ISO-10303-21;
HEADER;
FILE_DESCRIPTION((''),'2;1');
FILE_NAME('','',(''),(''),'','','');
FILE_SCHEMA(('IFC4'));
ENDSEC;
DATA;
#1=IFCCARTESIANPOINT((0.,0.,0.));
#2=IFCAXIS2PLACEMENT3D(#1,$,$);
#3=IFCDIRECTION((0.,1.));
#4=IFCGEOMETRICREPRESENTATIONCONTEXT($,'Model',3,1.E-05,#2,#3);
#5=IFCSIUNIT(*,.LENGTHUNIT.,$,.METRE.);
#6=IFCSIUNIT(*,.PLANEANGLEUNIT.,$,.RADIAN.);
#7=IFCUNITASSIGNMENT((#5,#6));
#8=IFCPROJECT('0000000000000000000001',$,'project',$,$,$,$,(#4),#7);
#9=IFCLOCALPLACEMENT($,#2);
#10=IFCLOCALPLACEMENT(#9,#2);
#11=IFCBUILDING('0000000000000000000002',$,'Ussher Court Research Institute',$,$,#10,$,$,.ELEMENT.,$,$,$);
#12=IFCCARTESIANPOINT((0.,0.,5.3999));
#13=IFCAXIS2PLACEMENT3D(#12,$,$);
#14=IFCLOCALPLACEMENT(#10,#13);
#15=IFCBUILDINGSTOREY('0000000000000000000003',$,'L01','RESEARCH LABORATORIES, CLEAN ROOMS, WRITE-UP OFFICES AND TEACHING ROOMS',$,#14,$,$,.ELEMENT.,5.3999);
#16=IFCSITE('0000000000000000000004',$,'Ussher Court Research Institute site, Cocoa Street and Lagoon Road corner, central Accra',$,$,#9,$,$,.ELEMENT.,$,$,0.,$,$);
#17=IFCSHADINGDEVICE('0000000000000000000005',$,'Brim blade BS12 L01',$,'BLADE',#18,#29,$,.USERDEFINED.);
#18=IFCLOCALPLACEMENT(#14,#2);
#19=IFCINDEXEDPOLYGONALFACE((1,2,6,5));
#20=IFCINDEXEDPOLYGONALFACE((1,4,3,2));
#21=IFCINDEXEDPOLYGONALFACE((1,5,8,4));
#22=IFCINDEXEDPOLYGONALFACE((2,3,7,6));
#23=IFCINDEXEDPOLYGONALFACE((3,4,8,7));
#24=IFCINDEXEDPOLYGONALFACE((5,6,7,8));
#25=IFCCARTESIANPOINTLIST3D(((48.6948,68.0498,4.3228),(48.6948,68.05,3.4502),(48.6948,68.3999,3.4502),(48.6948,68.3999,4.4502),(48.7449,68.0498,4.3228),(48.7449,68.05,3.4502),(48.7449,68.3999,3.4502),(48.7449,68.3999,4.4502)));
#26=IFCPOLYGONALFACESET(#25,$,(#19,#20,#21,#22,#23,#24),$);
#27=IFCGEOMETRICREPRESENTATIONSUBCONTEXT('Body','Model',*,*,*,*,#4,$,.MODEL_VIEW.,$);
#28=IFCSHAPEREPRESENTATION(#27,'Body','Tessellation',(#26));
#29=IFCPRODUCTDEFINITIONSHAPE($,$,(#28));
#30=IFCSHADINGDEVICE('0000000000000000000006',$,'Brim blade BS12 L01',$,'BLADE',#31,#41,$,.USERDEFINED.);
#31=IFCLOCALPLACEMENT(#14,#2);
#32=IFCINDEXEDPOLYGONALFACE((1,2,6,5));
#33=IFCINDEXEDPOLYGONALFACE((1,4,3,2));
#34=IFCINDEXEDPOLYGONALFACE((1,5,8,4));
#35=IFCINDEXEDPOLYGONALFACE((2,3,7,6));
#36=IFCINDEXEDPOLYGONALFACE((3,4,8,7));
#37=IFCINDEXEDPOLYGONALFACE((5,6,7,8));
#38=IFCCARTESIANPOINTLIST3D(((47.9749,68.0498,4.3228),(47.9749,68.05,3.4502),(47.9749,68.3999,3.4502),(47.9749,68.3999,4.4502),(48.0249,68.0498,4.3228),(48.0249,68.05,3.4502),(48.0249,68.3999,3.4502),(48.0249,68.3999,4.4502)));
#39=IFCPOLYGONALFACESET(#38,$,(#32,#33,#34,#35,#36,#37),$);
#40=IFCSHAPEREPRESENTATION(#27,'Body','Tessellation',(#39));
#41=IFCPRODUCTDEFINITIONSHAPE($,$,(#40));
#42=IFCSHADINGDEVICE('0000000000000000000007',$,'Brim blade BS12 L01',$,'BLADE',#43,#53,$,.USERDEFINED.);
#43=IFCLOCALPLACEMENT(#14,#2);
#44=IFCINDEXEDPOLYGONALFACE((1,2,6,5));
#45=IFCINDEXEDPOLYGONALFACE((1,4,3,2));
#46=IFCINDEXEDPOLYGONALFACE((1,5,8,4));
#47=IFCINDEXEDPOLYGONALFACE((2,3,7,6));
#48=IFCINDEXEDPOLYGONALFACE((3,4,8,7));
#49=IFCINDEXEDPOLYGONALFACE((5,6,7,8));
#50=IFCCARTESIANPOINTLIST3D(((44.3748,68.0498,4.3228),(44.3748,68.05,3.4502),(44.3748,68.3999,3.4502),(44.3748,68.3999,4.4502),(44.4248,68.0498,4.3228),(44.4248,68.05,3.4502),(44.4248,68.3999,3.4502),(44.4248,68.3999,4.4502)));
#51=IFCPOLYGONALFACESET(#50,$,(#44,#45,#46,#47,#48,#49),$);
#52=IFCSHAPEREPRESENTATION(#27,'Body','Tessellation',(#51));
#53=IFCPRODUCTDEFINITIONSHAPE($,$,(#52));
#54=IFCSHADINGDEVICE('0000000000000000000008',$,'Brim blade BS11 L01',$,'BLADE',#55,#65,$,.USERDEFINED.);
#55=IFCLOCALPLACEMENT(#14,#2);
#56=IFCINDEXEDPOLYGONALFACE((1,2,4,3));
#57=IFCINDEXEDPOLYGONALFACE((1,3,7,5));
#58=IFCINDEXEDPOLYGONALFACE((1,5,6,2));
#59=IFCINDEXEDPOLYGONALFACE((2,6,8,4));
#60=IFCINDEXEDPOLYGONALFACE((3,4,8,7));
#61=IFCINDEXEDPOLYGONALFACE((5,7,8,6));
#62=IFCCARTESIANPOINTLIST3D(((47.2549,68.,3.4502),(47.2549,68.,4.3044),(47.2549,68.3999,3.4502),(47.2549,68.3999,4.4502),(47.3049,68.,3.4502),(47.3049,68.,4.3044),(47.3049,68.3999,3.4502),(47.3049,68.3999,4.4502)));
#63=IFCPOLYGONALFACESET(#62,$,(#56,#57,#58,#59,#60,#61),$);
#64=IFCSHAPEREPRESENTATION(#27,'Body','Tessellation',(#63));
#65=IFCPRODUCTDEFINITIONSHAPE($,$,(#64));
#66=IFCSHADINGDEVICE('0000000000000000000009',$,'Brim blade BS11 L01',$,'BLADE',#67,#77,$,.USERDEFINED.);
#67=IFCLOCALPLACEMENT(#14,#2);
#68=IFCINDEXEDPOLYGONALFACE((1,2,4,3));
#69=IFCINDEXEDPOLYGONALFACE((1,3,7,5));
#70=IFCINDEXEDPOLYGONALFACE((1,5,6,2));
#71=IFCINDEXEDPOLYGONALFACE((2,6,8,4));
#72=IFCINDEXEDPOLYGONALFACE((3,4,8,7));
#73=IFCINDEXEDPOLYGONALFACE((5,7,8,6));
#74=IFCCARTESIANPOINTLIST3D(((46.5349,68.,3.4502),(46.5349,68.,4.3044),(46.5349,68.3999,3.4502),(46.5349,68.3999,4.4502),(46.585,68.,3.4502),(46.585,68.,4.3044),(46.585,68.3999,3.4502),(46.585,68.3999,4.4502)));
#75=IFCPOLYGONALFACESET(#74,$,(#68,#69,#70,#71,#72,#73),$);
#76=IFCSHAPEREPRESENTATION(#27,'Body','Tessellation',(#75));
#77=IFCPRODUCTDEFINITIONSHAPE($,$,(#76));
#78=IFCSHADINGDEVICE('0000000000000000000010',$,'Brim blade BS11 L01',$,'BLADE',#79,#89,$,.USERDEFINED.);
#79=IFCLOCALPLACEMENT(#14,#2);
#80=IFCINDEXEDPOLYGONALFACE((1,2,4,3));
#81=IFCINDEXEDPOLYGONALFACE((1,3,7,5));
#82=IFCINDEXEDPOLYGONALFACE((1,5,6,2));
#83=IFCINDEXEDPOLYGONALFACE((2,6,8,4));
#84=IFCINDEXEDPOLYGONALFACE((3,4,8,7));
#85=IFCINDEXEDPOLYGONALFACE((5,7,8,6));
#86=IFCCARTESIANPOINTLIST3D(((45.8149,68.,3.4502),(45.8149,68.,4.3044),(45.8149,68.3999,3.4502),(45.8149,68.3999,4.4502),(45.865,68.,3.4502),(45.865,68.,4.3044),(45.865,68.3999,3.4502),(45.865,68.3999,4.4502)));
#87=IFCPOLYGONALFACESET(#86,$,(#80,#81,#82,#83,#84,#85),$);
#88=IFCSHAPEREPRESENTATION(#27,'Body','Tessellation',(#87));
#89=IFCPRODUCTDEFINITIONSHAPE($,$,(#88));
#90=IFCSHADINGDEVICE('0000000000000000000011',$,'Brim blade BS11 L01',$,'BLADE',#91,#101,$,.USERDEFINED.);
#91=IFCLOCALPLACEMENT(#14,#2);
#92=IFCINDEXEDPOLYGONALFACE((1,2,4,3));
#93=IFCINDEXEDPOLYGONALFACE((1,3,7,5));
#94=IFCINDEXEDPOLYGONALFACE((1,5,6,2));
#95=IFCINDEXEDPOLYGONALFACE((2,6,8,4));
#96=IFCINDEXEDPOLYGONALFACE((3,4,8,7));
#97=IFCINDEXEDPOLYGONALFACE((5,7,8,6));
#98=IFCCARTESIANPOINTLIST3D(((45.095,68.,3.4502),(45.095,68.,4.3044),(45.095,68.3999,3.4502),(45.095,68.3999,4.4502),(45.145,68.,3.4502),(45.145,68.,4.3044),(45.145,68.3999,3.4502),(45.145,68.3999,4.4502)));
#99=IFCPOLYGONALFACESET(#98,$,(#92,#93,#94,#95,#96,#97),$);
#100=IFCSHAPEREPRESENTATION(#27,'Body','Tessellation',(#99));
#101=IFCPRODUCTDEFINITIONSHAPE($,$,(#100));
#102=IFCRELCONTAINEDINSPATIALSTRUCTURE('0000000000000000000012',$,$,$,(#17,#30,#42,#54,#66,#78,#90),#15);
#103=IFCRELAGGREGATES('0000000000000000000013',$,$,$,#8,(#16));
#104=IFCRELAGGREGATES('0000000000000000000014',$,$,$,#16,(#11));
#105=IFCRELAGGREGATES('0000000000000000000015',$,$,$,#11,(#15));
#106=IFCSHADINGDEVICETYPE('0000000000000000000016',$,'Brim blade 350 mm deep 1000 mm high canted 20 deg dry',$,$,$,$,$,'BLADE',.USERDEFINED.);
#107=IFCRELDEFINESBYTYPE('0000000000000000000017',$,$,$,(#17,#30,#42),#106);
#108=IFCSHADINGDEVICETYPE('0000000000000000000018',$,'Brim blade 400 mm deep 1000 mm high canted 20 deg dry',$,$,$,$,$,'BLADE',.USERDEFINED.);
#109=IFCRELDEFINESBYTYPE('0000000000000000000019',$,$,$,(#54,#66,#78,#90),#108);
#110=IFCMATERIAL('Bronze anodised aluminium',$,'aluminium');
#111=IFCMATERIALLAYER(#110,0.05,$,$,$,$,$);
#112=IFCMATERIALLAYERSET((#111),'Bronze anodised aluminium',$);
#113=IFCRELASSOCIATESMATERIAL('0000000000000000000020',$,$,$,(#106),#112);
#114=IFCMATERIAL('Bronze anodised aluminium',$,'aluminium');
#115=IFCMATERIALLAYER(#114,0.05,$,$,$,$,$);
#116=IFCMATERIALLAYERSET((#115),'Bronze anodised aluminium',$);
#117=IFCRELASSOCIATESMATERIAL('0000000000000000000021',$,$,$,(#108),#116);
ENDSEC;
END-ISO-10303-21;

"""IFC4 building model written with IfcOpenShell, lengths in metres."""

from ifc_helpers import new_model, si_unit, direction, frame, origin, place, context, subcontext, project, spatial, polyline, outline, extrude, material, layer, layer_set, type_object, element, save


model = new_model("IFC4")

# Units and contexts
model_context = context("Model", 3, precision=1e-05, world=origin(), true_north=direction((0.0, 1.0)))
body_context = subcontext(model_context, "Body", "Model", "MODEL_VIEW")
ifc_project = project(units=[si_unit("LENGTHUNIT", "METRE"), si_unit("PLANEANGLEUNIT", "RADIAN")], contexts=[model_context])

# Site, building, storey
site_placement = place(None, origin())
site = spatial("IfcSite", under=ifc_project, at=site_placement, Name="Ussher Court Research Institute site, Cocoa Street and Lagoon Road corner, central Accra", CompositionType="ELEMENT", RefElevation=0.0)
building_placement = place(site_placement, origin())
building = spatial("IfcBuilding", under=site, at=building_placement, Name="Ussher Court Research Institute", CompositionType="ELEMENT")
storey_placement = place(building_placement, frame((0.0, 0.0, 5.3999)))
storey = spatial("IfcBuildingStorey", under=building, at=storey_placement, Name="L01", Description="RESEARCH LABORATORIES, CLEAN ROOMS, WRITE-UP OFFICES AND TEACHING ROOMS", CompositionType="ELEMENT", Elevation=5.3999)

# Shading devices
ifc_material_1 = material(Name="Bronze anodised aluminium", Category="aluminium")
ifc_layer_1 = layer(ifc_material_1, 0.05)
ifc_layer_set_1 = layer_set([ifc_layer_1], Name="Bronze anodised aluminium")
shading_device_type_1 = type_object("IfcShadingDeviceType", Name="Brim blade 350 mm deep 1000 mm high canted 20 deg dry", ElementType="BLADE", PredefinedType="USERDEFINED", material=ifc_layer_set_1)
for number, where, z_axis, x_axis, name in (
    (1, (48.72, 68.3999, 3.4502), (0.0, 0.0, 1.0), (0.0, -1.0, 0.0), "Brim blade BS12 L01"),
    (2, (48.0, 68.3999, 3.4502), (0.0, 0.0, 1.0), (0.0, -1.0, 0.0), "Brim blade BS12 L01"),
    (3, (44.3999, 68.3999, 3.4502), (0.0, 0.0, 1.0), (0.0, -1.0, 0.0), "Brim blade BS12 L01"),
):
    element("IfcShadingDevice", number, at=place(storey_placement, frame(where, z_axis=z_axis, x_axis=x_axis)), inside=storey, type_object=shading_device_type_1, Name=name, ObjectType="BLADE", PredefinedType="USERDEFINED", context=body_context, shape_type="SweptSolid", body=[
        extrude(outline(polyline([(0.0, 0.0), (0.3499, 0.0), (0.3501, 0.8726), (0.0, 1.0), (0.0, 0.0)])), frame((0.0, 0.0249, 0.0), z_axis=(0.0, -1.0, 0.0), x_axis=(1.0, 0.0, 0.0)), (0.0, 0.0, 1.0), 0.05),
    ])
ifc_material_2 = material(Name="Bronze anodised aluminium", Category="aluminium")
ifc_layer_2 = layer(ifc_material_2, 0.05)
ifc_layer_set_2 = layer_set([ifc_layer_2], Name="Bronze anodised aluminium")
shading_device_type_2 = type_object("IfcShadingDeviceType", Name="Brim blade 400 mm deep 1000 mm high canted 20 deg dry", ElementType="BLADE", PredefinedType="USERDEFINED", material=ifc_layer_set_2)
for number, where, z_axis, x_axis, name in (
    (4, (47.28, 68.3999, 3.4502), (0.0, 0.0, 1.0), (0.0, -1.0, 0.0), "Brim blade BS11 L01"),
    (5, (46.5601, 68.3999, 3.4502), (0.0, 0.0, 1.0), (0.0, -1.0, 0.0), "Brim blade BS11 L01"),
    (6, (45.8401, 68.3999, 3.4502), (0.0, 0.0, 1.0), (0.0, -1.0, 0.0), "Brim blade BS11 L01"),
    (7, (45.1201, 68.3999, 3.4502), (0.0, 0.0, 1.0), (0.0, -1.0, 0.0), "Brim blade BS11 L01"),
):
    element("IfcShadingDevice", number, at=place(storey_placement, frame(where, z_axis=z_axis, x_axis=x_axis)), inside=storey, type_object=shading_device_type_2, Name=name, ObjectType="BLADE", PredefinedType="USERDEFINED", context=body_context, shape_type="SweptSolid", body=[
        extrude(outline(polyline([(0.0, 0.0), (0.3999, 0.0), (0.3999, 0.8542), (0.0, 1.0), (0.0, 0.0)])), frame((0.0, 0.0249, 0.0), z_axis=(0.0, -1.0, 0.0), x_axis=(1.0, 0.0, 0.0)), (0.0, 0.0, 1.0), 0.05),
    ])

save(model, "model.ifc")
